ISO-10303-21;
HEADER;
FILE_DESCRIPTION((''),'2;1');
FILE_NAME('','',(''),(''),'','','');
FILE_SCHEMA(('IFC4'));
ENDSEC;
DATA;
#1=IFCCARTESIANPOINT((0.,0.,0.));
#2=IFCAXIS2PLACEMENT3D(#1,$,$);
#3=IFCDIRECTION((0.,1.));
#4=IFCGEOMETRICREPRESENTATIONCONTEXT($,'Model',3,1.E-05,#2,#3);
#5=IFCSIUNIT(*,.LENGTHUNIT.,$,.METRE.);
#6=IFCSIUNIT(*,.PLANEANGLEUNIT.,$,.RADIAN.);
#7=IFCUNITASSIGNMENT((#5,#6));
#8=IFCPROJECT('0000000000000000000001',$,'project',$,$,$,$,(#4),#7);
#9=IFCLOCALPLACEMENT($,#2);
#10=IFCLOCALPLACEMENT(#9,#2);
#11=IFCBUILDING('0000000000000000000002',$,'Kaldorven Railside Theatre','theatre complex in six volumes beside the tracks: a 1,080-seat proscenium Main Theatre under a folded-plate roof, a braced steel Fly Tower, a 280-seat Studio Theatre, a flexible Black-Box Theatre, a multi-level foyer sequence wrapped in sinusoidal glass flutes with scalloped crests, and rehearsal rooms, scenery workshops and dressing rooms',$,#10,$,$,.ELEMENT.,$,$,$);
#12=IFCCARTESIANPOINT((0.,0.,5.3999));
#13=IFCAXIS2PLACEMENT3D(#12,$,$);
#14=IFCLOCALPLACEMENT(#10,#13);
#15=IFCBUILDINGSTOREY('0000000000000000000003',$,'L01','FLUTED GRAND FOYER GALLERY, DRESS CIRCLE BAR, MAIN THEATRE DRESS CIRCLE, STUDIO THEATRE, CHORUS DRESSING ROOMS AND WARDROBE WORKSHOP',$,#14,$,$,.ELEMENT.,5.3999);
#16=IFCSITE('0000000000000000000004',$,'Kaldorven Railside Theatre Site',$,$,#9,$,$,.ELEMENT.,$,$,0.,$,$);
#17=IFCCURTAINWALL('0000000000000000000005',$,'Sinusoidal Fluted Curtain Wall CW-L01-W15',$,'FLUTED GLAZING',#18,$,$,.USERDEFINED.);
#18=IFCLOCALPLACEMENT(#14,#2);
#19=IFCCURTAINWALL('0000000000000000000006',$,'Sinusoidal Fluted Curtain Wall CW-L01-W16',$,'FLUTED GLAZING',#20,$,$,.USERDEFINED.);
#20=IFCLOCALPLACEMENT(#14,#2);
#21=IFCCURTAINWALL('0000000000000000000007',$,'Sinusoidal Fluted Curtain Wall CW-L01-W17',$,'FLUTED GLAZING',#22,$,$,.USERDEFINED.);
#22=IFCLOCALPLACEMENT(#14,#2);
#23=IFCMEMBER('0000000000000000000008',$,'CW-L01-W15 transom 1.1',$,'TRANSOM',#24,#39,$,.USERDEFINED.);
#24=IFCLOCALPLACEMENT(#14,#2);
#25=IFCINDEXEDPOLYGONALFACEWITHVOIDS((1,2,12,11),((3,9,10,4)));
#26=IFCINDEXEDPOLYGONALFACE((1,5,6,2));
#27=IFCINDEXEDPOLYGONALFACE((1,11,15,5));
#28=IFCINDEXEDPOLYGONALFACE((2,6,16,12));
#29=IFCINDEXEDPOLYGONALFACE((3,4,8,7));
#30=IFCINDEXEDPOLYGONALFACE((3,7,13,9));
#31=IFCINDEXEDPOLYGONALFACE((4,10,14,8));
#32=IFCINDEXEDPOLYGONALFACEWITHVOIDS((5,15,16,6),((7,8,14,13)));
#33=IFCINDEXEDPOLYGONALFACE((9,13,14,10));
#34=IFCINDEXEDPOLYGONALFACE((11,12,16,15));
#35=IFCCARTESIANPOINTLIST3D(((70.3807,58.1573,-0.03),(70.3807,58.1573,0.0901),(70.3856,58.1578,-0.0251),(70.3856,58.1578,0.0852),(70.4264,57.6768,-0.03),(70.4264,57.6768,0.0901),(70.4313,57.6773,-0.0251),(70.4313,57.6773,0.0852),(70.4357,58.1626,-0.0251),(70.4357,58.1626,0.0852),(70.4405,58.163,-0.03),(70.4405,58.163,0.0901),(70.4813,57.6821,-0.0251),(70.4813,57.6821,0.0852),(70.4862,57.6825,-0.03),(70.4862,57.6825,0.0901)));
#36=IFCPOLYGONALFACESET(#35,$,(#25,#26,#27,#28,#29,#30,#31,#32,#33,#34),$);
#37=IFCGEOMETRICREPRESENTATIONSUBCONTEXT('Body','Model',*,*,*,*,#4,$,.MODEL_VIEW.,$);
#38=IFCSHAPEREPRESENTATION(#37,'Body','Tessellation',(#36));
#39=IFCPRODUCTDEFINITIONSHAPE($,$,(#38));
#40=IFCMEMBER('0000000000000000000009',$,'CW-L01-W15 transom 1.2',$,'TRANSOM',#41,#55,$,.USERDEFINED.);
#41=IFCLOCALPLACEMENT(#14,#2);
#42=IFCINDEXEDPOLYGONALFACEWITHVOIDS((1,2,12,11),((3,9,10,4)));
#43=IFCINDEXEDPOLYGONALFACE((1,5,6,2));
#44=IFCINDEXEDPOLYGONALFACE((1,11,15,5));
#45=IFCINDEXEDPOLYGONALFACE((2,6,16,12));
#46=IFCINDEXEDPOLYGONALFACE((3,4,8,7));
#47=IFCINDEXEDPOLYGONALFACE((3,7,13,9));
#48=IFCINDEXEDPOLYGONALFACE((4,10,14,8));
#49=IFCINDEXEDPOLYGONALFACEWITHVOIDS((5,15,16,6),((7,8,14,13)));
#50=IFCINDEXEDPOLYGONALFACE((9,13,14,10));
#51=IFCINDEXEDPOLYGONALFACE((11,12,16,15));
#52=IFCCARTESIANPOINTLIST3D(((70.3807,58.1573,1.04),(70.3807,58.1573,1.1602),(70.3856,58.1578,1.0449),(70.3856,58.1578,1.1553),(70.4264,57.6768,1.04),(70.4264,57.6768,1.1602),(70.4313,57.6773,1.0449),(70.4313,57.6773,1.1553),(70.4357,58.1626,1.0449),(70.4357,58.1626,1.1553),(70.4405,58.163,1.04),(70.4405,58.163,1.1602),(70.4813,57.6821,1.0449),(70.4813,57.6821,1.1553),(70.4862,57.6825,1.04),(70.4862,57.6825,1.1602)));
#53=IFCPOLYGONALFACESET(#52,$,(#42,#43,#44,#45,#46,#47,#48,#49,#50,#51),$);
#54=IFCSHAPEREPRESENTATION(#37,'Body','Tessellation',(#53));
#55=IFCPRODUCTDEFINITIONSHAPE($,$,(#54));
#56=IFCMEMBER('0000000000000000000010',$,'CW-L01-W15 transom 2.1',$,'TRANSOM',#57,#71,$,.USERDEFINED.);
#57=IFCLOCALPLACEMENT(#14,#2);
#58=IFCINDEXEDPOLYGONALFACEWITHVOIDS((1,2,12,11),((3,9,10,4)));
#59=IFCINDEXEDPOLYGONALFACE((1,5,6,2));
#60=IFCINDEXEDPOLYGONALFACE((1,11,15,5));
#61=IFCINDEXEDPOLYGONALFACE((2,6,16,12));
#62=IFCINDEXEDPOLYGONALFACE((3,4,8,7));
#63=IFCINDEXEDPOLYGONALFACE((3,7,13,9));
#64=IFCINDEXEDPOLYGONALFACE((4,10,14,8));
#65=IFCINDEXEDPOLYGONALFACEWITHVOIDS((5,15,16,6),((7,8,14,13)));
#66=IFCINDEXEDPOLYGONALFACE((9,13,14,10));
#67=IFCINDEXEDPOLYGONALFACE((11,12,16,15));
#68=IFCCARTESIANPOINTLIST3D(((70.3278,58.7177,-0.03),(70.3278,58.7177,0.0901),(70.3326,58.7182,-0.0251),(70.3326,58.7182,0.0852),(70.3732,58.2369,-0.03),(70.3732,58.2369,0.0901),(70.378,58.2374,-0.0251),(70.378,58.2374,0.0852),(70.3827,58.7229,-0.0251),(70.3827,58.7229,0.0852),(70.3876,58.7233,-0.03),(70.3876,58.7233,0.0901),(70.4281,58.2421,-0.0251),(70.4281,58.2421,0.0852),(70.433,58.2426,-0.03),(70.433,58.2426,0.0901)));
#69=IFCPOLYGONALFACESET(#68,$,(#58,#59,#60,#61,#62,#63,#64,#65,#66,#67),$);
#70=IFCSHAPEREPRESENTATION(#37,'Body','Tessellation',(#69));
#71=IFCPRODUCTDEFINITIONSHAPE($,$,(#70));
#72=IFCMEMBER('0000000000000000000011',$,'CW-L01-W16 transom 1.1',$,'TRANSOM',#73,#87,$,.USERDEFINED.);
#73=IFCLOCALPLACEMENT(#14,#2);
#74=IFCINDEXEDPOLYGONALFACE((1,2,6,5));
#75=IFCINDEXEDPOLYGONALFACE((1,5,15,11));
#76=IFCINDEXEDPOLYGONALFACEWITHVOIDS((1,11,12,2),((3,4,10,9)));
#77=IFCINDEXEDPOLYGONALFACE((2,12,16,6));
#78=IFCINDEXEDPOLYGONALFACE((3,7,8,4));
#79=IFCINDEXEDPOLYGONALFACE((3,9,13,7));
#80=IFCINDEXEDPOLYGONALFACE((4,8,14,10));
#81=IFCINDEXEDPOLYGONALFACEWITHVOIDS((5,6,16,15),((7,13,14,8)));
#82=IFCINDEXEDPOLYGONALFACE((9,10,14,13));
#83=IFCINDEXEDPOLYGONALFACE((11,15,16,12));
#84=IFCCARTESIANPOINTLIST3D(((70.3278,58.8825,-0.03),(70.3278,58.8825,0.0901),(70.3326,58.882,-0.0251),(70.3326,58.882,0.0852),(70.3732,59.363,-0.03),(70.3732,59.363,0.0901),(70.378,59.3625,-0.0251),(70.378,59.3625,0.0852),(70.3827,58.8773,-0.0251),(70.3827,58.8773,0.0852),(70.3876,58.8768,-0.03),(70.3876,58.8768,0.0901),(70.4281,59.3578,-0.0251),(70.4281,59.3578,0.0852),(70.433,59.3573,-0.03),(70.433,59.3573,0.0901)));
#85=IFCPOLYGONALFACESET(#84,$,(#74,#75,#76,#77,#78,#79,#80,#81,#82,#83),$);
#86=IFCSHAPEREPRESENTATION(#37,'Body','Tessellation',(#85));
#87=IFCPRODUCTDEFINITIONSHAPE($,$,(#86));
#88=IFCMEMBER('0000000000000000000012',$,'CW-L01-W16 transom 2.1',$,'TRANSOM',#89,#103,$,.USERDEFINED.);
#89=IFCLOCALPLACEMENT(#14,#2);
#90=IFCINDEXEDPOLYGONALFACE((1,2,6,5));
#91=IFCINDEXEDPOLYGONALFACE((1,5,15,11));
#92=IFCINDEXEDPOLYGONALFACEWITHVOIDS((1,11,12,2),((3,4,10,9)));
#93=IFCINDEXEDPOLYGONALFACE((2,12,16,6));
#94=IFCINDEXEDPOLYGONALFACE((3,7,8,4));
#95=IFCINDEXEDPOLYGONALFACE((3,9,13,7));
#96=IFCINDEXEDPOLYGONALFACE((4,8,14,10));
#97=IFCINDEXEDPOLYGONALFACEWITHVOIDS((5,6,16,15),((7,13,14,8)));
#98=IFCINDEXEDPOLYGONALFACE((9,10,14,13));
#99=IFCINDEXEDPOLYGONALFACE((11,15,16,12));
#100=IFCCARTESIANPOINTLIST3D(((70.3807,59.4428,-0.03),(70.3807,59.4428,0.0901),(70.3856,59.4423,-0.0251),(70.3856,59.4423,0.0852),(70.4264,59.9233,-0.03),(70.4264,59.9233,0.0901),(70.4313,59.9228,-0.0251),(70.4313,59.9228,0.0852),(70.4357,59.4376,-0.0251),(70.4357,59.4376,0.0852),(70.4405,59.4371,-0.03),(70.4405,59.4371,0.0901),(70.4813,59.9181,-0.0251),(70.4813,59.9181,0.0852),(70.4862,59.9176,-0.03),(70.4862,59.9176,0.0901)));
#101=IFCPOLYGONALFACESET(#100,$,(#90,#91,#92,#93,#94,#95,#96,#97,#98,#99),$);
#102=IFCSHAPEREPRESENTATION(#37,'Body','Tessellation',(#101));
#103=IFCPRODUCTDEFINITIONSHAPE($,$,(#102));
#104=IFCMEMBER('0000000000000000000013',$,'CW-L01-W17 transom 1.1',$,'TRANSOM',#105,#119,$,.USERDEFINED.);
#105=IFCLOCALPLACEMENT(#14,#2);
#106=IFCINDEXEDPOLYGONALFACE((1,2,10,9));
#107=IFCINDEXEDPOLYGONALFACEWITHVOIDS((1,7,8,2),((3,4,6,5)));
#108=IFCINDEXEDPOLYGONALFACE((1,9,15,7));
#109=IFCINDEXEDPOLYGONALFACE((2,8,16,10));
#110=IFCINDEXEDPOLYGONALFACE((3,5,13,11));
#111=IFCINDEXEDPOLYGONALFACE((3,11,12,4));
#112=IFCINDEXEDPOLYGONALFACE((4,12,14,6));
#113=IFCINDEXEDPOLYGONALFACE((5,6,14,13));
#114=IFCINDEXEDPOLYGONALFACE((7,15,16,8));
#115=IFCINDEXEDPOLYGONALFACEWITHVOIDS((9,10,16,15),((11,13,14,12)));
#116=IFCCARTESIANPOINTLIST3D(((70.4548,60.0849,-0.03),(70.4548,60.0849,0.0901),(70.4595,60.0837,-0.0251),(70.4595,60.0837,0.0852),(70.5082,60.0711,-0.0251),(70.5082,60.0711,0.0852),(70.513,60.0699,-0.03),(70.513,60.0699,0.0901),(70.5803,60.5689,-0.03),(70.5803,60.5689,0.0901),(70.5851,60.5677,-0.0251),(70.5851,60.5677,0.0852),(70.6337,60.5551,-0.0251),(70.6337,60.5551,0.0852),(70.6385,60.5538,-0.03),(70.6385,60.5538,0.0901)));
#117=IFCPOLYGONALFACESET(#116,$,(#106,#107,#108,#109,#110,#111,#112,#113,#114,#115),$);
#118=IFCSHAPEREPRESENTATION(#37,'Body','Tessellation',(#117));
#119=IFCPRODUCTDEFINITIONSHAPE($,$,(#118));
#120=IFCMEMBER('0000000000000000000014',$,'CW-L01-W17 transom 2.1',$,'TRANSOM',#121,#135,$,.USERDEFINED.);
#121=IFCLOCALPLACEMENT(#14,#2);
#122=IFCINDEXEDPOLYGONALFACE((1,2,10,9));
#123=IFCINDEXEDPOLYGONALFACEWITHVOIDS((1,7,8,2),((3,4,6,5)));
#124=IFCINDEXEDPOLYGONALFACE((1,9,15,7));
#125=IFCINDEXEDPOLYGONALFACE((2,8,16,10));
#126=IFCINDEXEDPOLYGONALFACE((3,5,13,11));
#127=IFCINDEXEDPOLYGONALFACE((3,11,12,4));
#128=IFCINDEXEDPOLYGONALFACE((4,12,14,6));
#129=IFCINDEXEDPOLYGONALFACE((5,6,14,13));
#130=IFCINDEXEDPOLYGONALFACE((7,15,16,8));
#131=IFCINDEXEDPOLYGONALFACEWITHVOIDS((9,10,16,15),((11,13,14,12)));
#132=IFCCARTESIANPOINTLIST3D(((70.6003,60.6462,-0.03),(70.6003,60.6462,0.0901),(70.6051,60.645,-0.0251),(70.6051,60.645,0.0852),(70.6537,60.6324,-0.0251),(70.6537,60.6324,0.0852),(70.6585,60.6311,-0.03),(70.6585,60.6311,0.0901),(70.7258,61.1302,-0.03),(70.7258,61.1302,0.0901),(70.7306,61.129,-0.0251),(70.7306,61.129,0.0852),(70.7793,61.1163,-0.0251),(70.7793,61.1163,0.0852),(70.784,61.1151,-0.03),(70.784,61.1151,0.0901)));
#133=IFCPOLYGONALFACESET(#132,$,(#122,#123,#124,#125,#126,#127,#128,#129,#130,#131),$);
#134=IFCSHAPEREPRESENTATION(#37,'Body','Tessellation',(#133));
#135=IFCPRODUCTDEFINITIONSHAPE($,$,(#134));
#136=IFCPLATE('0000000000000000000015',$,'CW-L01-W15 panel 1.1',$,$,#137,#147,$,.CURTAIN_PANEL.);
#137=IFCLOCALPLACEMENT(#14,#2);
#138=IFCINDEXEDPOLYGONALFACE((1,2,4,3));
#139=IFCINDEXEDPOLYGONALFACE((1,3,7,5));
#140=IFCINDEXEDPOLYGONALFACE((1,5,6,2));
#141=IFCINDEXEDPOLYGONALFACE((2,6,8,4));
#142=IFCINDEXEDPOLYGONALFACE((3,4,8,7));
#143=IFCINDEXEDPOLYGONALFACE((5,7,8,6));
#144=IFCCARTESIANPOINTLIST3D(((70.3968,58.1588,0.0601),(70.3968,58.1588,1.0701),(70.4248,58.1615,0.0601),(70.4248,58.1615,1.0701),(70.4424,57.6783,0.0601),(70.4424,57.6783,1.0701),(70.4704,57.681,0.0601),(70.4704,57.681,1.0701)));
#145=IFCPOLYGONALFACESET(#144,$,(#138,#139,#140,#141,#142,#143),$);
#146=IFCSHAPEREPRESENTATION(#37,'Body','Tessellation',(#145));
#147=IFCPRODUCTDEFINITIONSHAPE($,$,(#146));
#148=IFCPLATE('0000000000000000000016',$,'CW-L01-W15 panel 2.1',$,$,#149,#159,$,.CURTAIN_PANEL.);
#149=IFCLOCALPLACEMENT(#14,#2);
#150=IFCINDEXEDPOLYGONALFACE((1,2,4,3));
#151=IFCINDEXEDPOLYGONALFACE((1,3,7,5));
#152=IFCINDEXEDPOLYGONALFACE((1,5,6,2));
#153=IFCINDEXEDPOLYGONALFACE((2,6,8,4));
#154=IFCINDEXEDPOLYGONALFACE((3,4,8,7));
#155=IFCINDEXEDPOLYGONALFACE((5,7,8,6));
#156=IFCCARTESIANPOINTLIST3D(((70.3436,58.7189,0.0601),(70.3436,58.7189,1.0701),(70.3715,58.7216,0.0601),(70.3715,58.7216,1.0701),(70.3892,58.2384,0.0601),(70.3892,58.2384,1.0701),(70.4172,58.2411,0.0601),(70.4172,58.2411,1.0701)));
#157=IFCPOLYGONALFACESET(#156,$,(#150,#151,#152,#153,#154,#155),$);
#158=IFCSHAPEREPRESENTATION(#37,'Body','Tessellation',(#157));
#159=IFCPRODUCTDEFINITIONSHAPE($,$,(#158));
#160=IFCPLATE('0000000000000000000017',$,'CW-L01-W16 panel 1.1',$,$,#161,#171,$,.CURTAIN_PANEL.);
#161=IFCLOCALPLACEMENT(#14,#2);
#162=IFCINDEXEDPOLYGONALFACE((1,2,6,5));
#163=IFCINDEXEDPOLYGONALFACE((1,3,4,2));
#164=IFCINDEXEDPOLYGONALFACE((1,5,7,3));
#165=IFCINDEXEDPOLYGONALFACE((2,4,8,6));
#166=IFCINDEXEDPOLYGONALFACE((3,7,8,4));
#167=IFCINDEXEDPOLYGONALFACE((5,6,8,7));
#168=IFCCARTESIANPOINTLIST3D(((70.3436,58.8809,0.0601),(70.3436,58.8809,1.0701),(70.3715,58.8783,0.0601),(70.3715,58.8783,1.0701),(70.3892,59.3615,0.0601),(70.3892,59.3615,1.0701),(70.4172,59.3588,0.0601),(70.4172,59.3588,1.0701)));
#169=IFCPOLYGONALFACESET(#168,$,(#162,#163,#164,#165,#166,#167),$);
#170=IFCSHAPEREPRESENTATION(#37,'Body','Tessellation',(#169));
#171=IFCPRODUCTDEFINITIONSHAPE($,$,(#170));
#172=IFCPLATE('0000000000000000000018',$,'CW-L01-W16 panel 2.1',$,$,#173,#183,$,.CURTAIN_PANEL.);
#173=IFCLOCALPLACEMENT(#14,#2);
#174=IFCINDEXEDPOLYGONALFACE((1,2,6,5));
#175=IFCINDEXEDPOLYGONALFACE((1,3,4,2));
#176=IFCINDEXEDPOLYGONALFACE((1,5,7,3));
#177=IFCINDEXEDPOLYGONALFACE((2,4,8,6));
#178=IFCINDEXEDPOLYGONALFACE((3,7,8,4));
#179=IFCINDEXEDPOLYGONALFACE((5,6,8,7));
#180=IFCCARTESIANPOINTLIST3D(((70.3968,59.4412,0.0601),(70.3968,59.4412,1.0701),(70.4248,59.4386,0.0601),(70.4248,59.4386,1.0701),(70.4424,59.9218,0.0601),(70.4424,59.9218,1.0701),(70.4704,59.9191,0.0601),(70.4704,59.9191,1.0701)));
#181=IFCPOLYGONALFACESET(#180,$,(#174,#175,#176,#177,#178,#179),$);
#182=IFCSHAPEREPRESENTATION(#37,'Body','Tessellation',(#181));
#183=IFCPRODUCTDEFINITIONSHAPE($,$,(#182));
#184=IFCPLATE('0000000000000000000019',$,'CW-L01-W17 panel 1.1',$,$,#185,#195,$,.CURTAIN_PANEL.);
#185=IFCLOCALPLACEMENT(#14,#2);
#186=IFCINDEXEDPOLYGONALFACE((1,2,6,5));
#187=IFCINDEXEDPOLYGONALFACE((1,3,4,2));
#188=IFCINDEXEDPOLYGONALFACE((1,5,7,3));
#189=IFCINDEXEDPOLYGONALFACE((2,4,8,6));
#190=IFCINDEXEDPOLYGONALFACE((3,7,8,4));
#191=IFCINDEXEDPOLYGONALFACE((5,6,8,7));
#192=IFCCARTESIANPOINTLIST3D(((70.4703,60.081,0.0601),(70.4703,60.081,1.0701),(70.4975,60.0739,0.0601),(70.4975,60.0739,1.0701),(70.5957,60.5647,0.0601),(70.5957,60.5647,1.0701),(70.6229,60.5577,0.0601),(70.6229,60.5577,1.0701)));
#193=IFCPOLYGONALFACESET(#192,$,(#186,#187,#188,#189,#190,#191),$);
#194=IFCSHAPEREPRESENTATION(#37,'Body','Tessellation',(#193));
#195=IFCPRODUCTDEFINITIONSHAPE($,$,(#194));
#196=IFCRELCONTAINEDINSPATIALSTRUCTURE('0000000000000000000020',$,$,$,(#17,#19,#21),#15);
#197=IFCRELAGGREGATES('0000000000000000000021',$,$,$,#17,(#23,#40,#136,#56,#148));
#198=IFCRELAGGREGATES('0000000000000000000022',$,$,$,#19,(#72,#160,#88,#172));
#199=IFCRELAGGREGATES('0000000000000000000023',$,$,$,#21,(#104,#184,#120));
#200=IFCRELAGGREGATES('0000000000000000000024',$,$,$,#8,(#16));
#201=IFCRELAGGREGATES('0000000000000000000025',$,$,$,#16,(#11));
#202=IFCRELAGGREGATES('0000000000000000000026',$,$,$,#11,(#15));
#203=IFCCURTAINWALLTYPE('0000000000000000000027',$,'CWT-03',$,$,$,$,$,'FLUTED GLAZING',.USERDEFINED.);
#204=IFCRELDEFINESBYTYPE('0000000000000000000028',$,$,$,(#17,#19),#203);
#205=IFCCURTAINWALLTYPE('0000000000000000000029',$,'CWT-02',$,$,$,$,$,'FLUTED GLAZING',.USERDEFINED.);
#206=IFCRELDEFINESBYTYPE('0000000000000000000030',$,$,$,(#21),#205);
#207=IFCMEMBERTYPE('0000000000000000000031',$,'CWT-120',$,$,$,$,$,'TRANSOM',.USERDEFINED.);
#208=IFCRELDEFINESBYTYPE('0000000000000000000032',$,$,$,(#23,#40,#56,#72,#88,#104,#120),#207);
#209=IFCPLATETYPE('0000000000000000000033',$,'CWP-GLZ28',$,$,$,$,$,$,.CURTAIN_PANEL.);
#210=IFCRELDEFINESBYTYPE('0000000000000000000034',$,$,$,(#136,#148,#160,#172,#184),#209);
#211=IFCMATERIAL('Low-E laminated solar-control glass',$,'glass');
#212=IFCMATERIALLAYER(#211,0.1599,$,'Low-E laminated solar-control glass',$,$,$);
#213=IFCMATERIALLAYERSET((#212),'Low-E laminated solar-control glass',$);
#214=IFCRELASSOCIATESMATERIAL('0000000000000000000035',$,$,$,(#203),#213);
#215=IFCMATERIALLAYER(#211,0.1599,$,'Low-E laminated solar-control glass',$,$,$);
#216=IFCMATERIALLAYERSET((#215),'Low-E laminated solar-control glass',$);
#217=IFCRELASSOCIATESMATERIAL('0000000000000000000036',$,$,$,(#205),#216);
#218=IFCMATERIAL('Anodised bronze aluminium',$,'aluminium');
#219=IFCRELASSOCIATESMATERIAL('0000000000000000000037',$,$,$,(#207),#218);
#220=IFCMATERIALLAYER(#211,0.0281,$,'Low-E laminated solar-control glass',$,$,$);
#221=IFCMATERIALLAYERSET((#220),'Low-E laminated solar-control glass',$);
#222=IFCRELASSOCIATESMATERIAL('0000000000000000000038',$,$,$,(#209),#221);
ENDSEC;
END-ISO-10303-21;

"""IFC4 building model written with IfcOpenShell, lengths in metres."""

from ifc_helpers import new_model, si_unit, direction, frame, origin, origin_2d, place, context, subcontext, project, spatial, rectangle, hollow_rectangle, extrude, material, layer, layer_set, material_profile, profile_set, type_object, element, aggregate, save


model = new_model("IFC4")

# Units and contexts
model_context = context("Model", 3, precision=1e-05, world=origin(), true_north=direction((0.0, 1.0)))
body_context = subcontext(model_context, "Body", "Model", "MODEL_VIEW")
ifc_project = project(units=[si_unit("LENGTHUNIT", "METRE"), si_unit("PLANEANGLEUNIT", "RADIAN")], contexts=[model_context])

# Site, building, storey
site_placement = place(None, origin())
site = spatial("IfcSite", under=ifc_project, at=site_placement, Name="Kaldorven Railside Theatre Site", CompositionType="ELEMENT", RefElevation=0.0)
building_placement = place(site_placement, origin())
building = spatial("IfcBuilding", under=site, at=building_placement, Name="Kaldorven Railside Theatre", Description="theatre complex in six volumes beside the tracks: a 1,080-seat proscenium Main Theatre under a folded-plate roof, a braced steel Fly Tower, a 280-seat Studio Theatre, a flexible Black-Box Theatre, a multi-level foyer sequence wrapped in sinusoidal glass flutes with scalloped crests, and rehearsal rooms, scenery workshops and dressing rooms", CompositionType="ELEMENT")
storey_placement = place(building_placement, frame((0.0, 0.0, 5.3999)))
storey = spatial("IfcBuildingStorey", under=building, at=storey_placement, Name="L01", Description="FLUTED GRAND FOYER GALLERY, DRESS CIRCLE BAR, MAIN THEATRE DRESS CIRCLE, STUDIO THEATRE, CHORUS DRESSING ROOMS AND WARDROBE WORKSHOP", CompositionType="ELEMENT", Elevation=5.3999)

# Curtain walls
ifc_material_1 = material(Name="Low-E laminated solar-control glass", Category="glass")
ifc_layer_1 = layer(ifc_material_1, 0.1599, Name="Low-E laminated solar-control glass")
ifc_layer_set_1 = layer_set([ifc_layer_1], Name="Low-E laminated solar-control glass")
curtain_wall_type_1 = type_object("IfcCurtainWallType", Name="CWT-03", ElementType="FLUTED GLAZING", PredefinedType="USERDEFINED", material=ifc_layer_set_1)
curtain_wall_1_placement = place(storey_placement, origin())
curtain_wall_1 = element("IfcCurtainWall", 1, at=curtain_wall_1_placement, inside=storey, type_object=curtain_wall_type_1, Name="Sinusoidal Fluted Curtain Wall CW-L01-W15", ObjectType="FLUTED GLAZING", PredefinedType="USERDEFINED")
ifc_material_2 = material(Name="Anodised bronze aluminium", Category="aluminium")
curtain_wall_2_placement = place(storey_placement, origin())
curtain_wall_2 = element("IfcCurtainWall", 2, at=curtain_wall_2_placement, inside=storey, type_object=curtain_wall_type_1, Name="Sinusoidal Fluted Curtain Wall CW-L01-W16", ObjectType="FLUTED GLAZING", PredefinedType="USERDEFINED")
ifc_layer_2 = layer(ifc_material_1, 0.1599, Name="Low-E laminated solar-control glass")
ifc_layer_set_2 = layer_set([ifc_layer_2], Name="Low-E laminated solar-control glass")
curtain_wall_type_2 = type_object("IfcCurtainWallType", Name="CWT-02", ElementType="FLUTED GLAZING", PredefinedType="USERDEFINED", material=ifc_layer_set_2)
curtain_wall_3_placement = place(storey_placement, origin())
curtain_wall_3 = element("IfcCurtainWall", 3, at=curtain_wall_3_placement, inside=storey, type_object=curtain_wall_type_2, Name="Sinusoidal Fluted Curtain Wall CW-L01-W17", ObjectType="FLUTED GLAZING", PredefinedType="USERDEFINED")

# Members
ifc_material_profile_1 = material_profile(ifc_material_2, hollow_rectangle(XDim=0.0601, YDim=0.1201, WallThickness=0.0049, at=origin_2d()), Name="RHS 120x60x5")
ifc_profile_set_1 = profile_set([ifc_material_profile_1], Name="Anodised bronze aluminium")
member_type_1 = type_object("IfcMemberType", Name="CWT-120", ElementType="TRANSOM", PredefinedType="USERDEFINED", material=ifc_profile_set_1)
member_1_placement = place(storey_placement, frame((70.4563, 57.6797, 0.03), z_axis=(-0.094594, 0.995516, 0.0), x_axis=(-0.995516, -0.094594, 0.0)))
member_1 = element("IfcMember", 4, at=member_1_placement, type_object=member_type_1, Name="CW-L01-W15 transom 1.1", ObjectType="TRANSOM", PredefinedType="USERDEFINED", context=body_context, shape_type="SweptSolid", body=[
    extrude(hollow_rectangle(XDim=0.0601, YDim=0.1201, WallThickness=0.0049, at=origin_2d()), origin(), (0.0, 0.0, 1.0), 0.4827),
])
member_2_placement = place(storey_placement, frame((70.4563, 57.6797, 1.1001), z_axis=(-0.094594, 0.995516, 0.0), x_axis=(-0.995516, -0.094594, 0.0)))
member_2 = element("IfcMember", 5, at=member_2_placement, type_object=member_type_1, Name="CW-L01-W15 transom 1.2", ObjectType="TRANSOM", PredefinedType="USERDEFINED", context=body_context, shape_type="SweptSolid", body=[
    extrude(hollow_rectangle(XDim=0.0601, YDim=0.1201, WallThickness=0.0049, at=origin_2d()), origin(), (0.0, 0.0, 1.0), 0.4827),
])
member_3_placement = place(storey_placement, frame((70.4031, 58.2397, 0.03), z_axis=(-0.094046, 0.995568, 0.0), x_axis=(-0.995568, -0.094046, 0.0)))
member_3 = element("IfcMember", 6, at=member_3_placement, type_object=member_type_1, Name="CW-L01-W15 transom 2.1", ObjectType="TRANSOM", PredefinedType="USERDEFINED", context=body_context, shape_type="SweptSolid", body=[
    extrude(hollow_rectangle(XDim=0.0601, YDim=0.1201, WallThickness=0.0049, at=origin_2d()), origin(), (0.0, 0.0, 1.0), 0.4829),
])
member_4_placement = place(storey_placement, frame((70.3577, 58.8796, 0.03), z_axis=(0.094093, 0.995563, 0.0), x_axis=(-0.995563, 0.094093, 0.0)))
member_4 = element("IfcMember", 7, at=member_4_placement, type_object=member_type_1, Name="CW-L01-W16 transom 1.1", ObjectType="TRANSOM", PredefinedType="USERDEFINED", context=body_context, shape_type="SweptSolid", body=[
    extrude(hollow_rectangle(XDim=0.0601, YDim=0.1201, WallThickness=0.0049, at=origin_2d()), origin(), (0.0, 0.0, 1.0), 0.4827),
])
member_5_placement = place(storey_placement, frame((70.4106, 59.4399, 0.03), z_axis=(0.094594, 0.995516, 0.0), x_axis=(-0.995516, 0.094594, 0.0)))
member_5 = element("IfcMember", 8, at=member_5_placement, type_object=member_type_1, Name="CW-L01-W16 transom 2.1", ObjectType="TRANSOM", PredefinedType="USERDEFINED", context=body_context, shape_type="SweptSolid", body=[
    extrude(hollow_rectangle(XDim=0.0601, YDim=0.1201, WallThickness=0.0049, at=origin_2d()), origin(), (0.0, 0.0, 1.0), 0.4827),
])
member_6_placement = place(storey_placement, frame((70.4839, 60.0774, 0.03), z_axis=(0.25103, 0.967979, 0.0), x_axis=(-0.967979, 0.25103, 0.0)))
member_6 = element("IfcMember", 9, at=member_6_placement, type_object=member_type_1, Name="CW-L01-W17 transom 1.1", ObjectType="TRANSOM", PredefinedType="USERDEFINED", context=body_context, shape_type="SweptSolid", body=[
    extrude(hollow_rectangle(XDim=0.0601, YDim=0.1201, WallThickness=0.0049, at=origin_2d()), origin(), (0.0, 0.0, 1.0), 0.5),
])
member_7_placement = place(storey_placement, frame((70.6294, 60.6387, 0.03), z_axis=(0.25103, 0.967979, 0.0), x_axis=(-0.967979, 0.25103, 0.0)))
member_7 = element("IfcMember", 10, at=member_7_placement, type_object=member_type_1, Name="CW-L01-W17 transom 2.1", ObjectType="TRANSOM", PredefinedType="USERDEFINED", context=body_context, shape_type="SweptSolid", body=[
    extrude(hollow_rectangle(XDim=0.0601, YDim=0.1201, WallThickness=0.0049, at=origin_2d()), origin(), (0.0, 0.0, 1.0), 0.5),
])

# Plates
ifc_layer_3 = layer(ifc_material_1, 0.0281, Name="Low-E laminated solar-control glass")
ifc_layer_set_3 = layer_set([ifc_layer_3], Name="Low-E laminated solar-control glass")
plate_type = type_object("IfcPlateType", Name="CWP-GLZ28", PredefinedType="CURTAIN_PANEL", material=ifc_layer_set_3)
plate_1_placement = place(storey_placement, frame((70.4336, 57.9199, 0.0601), z_axis=(0.0, 0.0, 1.0), x_axis=(-0.094492, 0.995526, 0.0)))
plate_1 = element("IfcPlate", 11, at=plate_1_placement, type_object=plate_type, Name="CW-L01-W15 panel 1.1", PredefinedType="CURTAIN_PANEL", context=body_context, shape_type="SweptSolid", body=[
    extrude(rectangle(XDim=0.4827, YDim=0.0281, at=origin_2d()), origin(), (0.0, 0.0, 1.0), 1.01),
])
plate_2_placement = place(storey_placement, frame((70.3804, 58.48, 0.0601), z_axis=(0.0, 0.0, 1.0), x_axis=(-0.094492, 0.995526, 0.0)))
plate_2 = element("IfcPlate", 12, at=plate_2_placement, type_object=plate_type, Name="CW-L01-W15 panel 2.1", PredefinedType="CURTAIN_PANEL", context=body_context, shape_type="SweptSolid", body=[
    extrude(rectangle(XDim=0.4827, YDim=0.0281, at=origin_2d()), origin(), (0.0, 0.0, 1.0), 1.01),
])
aggregate(curtain_wall_1, [member_1, member_2, plate_1, member_3, plate_2])
plate_3_placement = place(storey_placement, frame((70.3804, 59.1199, 0.0601), z_axis=(0.0, 0.0, 1.0), x_axis=(0.094492, 0.995526, 0.0)))
plate_3 = element("IfcPlate", 13, at=plate_3_placement, type_object=plate_type, Name="CW-L01-W16 panel 1.1", PredefinedType="CURTAIN_PANEL", context=body_context, shape_type="SweptSolid", body=[
    extrude(rectangle(XDim=0.4827, YDim=0.0281, at=origin_2d()), origin(), (0.0, 0.0, 1.0), 1.01),
])
plate_4_placement = place(storey_placement, frame((70.4336, 59.6802, 0.0601), z_axis=(0.0, 0.0, 1.0), x_axis=(0.094492, 0.995526, 0.0)))
plate_4 = element("IfcPlate", 14, at=plate_4_placement, type_object=plate_type, Name="CW-L01-W16 panel 2.1", PredefinedType="CURTAIN_PANEL", context=body_context, shape_type="SweptSolid", body=[
    extrude(rectangle(XDim=0.4827, YDim=0.0281, at=origin_2d()), origin(), (0.0, 0.0, 1.0), 1.01),
])
aggregate(curtain_wall_2, [member_4, plate_3, member_5, plate_4])
plate_5_placement = place(storey_placement, frame((70.5466, 60.3193, 0.0601), z_axis=(0.0, 0.0, 1.0), x_axis=(0.250954, 0.967999, 0.0)))
plate_5 = element("IfcPlate", 15, at=plate_5_placement, type_object=plate_type, Name="CW-L01-W17 panel 1.1", PredefinedType="CURTAIN_PANEL", context=body_context, shape_type="SweptSolid", body=[
    extrude(rectangle(XDim=0.4998, YDim=0.0281, at=origin_2d()), origin(), (0.0, 0.0, 1.0), 1.01),
])
aggregate(curtain_wall_3, [member_6, plate_5, member_7])

save(model, "model.ifc")
